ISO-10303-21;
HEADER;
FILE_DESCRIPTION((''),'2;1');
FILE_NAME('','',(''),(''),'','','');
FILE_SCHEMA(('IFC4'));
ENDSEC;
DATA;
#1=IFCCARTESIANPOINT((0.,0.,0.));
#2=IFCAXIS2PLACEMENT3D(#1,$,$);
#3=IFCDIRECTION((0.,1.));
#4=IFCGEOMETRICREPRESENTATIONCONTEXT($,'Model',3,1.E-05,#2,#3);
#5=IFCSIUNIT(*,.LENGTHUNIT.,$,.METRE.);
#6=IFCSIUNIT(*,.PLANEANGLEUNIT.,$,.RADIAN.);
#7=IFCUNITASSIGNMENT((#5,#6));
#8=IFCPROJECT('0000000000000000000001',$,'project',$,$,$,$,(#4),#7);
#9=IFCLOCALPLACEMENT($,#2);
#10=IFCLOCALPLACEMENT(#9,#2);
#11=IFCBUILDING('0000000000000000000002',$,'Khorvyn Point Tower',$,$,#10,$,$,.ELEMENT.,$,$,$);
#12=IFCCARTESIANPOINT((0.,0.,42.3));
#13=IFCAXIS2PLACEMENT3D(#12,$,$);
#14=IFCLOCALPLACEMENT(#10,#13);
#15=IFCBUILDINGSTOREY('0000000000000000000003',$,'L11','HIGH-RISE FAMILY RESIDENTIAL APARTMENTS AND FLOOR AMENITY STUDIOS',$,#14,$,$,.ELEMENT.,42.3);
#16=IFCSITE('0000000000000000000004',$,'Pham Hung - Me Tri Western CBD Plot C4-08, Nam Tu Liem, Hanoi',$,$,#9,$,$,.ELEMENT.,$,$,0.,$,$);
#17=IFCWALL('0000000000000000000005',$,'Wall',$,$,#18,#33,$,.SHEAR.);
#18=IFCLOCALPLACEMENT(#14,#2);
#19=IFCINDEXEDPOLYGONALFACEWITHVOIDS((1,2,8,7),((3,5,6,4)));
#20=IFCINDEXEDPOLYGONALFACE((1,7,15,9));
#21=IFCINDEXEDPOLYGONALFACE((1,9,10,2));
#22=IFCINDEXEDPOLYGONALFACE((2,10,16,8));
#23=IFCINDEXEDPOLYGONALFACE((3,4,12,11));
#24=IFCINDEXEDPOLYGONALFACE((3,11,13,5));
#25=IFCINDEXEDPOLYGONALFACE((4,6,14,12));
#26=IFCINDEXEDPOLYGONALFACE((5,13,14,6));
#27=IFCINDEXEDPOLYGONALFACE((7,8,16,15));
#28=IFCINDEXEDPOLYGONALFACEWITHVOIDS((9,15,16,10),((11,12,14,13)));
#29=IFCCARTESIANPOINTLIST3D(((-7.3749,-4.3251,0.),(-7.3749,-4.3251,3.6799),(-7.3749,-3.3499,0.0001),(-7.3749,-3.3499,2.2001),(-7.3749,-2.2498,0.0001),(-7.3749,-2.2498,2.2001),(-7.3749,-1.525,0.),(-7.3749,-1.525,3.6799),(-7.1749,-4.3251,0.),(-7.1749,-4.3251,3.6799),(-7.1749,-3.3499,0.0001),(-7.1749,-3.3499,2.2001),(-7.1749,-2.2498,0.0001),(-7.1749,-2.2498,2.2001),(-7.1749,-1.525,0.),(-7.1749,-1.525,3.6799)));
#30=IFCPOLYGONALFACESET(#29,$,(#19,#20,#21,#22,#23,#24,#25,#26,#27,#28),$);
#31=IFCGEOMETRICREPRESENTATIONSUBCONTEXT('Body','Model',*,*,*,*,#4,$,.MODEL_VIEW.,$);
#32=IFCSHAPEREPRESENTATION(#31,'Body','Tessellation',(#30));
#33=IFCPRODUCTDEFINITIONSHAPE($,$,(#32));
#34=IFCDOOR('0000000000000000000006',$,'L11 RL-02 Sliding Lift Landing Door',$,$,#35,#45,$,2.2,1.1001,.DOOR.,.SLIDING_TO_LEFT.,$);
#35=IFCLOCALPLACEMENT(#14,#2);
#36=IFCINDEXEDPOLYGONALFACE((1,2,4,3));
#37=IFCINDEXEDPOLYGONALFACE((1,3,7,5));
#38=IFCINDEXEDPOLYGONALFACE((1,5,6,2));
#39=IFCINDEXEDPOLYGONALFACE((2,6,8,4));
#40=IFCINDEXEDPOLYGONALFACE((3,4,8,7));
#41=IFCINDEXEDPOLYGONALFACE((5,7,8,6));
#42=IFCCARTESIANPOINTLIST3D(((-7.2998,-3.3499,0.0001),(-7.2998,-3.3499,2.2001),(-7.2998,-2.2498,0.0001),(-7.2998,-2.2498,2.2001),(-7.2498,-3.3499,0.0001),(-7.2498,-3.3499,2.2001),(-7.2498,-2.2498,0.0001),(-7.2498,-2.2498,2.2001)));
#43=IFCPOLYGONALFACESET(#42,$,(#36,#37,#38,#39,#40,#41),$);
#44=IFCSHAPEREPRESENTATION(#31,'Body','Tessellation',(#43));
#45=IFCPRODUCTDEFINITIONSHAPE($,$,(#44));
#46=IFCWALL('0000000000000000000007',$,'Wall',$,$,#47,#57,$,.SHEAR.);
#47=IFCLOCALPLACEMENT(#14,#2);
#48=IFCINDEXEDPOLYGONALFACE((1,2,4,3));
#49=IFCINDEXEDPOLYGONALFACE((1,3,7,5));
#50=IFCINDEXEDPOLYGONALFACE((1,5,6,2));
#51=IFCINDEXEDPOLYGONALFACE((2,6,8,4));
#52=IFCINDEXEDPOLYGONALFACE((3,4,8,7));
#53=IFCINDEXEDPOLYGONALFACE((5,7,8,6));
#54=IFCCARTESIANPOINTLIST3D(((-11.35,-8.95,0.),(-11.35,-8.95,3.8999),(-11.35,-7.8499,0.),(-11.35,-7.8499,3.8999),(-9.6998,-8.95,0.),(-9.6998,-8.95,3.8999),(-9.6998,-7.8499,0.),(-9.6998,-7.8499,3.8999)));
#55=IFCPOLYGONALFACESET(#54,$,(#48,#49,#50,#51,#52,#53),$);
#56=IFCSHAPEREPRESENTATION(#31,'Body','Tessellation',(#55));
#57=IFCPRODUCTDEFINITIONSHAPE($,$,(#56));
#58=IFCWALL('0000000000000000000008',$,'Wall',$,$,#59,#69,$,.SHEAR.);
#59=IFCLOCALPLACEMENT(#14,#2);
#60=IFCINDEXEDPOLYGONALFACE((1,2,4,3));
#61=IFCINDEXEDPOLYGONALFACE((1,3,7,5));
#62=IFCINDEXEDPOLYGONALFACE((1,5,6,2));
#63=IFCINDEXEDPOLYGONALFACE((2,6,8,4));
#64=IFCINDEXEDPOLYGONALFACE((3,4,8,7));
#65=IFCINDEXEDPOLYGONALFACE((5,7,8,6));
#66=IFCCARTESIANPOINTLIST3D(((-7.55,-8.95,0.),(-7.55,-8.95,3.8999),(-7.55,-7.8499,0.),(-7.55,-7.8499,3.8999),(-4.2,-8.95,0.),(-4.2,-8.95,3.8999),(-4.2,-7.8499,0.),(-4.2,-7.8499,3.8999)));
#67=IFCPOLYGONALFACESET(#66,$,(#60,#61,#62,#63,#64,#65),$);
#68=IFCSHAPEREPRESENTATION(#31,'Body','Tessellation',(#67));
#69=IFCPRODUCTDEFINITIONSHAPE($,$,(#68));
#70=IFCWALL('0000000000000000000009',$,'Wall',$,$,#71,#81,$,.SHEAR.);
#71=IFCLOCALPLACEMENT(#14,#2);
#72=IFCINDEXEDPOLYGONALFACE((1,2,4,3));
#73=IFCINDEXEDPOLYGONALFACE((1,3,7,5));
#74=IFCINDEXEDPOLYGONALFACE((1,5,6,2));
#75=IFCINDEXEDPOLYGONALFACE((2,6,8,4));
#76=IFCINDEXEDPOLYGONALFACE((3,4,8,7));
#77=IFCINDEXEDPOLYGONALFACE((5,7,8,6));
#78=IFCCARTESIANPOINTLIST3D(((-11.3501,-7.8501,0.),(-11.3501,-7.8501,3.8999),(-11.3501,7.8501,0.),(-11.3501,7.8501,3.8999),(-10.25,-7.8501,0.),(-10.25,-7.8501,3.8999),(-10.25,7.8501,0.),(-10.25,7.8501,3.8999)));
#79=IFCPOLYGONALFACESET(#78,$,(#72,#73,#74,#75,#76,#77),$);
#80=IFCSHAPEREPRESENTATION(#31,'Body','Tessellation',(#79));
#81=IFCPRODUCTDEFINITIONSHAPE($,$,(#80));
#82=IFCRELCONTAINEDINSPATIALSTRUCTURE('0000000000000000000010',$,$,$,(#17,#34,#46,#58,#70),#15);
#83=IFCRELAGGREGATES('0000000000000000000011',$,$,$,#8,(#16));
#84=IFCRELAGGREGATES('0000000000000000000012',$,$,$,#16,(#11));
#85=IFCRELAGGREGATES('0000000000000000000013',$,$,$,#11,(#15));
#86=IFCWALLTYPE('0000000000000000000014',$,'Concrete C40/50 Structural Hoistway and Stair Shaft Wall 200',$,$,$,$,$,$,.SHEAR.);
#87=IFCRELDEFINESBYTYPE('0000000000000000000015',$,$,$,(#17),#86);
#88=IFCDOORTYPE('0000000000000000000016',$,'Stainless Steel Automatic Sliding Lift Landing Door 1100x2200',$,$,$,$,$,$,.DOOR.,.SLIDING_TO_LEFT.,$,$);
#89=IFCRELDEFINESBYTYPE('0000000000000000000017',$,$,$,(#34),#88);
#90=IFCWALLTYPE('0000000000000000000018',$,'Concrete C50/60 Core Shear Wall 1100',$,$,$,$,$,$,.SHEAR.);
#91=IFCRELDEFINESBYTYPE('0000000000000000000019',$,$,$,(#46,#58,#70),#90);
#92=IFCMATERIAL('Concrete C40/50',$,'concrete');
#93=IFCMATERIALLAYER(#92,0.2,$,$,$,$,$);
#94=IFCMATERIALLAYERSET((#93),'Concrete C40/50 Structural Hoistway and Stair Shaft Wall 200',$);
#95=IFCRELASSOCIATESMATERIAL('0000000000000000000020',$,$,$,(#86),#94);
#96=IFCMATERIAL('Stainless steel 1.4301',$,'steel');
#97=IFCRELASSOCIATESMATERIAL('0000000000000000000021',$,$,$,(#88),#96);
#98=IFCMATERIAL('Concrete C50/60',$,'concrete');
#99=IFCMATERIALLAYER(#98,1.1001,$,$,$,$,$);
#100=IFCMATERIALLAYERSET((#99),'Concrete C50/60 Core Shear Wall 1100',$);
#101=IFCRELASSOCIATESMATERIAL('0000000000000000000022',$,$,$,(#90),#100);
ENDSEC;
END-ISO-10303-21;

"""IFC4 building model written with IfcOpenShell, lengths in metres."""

from ifc_helpers import new_model, si_unit, direction, frame, frame_2d, origin, place, context, subcontext, project, spatial, rectangle, extrude, material, layer, layer_set, type_object, element, fill, save


model = new_model("IFC4")

# Units and contexts
model_context = context("Model", 3, precision=1e-05, world=origin(), true_north=direction((0.0, 1.0)))
body_context = subcontext(model_context, "Body", "Model", "MODEL_VIEW")
ifc_project = project(units=[si_unit("LENGTHUNIT", "METRE"), si_unit("PLANEANGLEUNIT", "RADIAN")], contexts=[model_context])

# Site, building, storey
site_placement = place(None, origin())
site = spatial("IfcSite", under=ifc_project, at=site_placement, Name="Pham Hung - Me Tri Western CBD Plot C4-08, Nam Tu Liem, Hanoi", CompositionType="ELEMENT", RefElevation=0.0)
building_placement = place(site_placement, origin())
building = spatial("IfcBuilding", under=site, at=building_placement, Name="Khorvyn Point Tower", CompositionType="ELEMENT")
storey_placement = place(building_placement, frame((0.0, 0.0, 42.3)))
storey = spatial("IfcBuildingStorey", under=building, at=storey_placement, Name="L11", Description="HIGH-RISE FAMILY RESIDENTIAL APARTMENTS AND FLOOR AMENITY STUDIOS", CompositionType="ELEMENT", Elevation=42.3)

# Shared definitions
ifc_material_1 = material(Name="Concrete C50/60", Category="concrete")

# Shared definitions
ifc_material_2 = material(Name="Concrete C40/50", Category="concrete")
ifc_layer_1 = layer(ifc_material_2, 0.2)
ifc_layer_set_1 = layer_set([ifc_layer_1], Name="Concrete C40/50 Structural Hoistway and Stair Shaft Wall 200")
wall_type_1 = type_object("IfcWallType", Name="Concrete C40/50 Structural Hoistway and Stair Shaft Wall 200", PredefinedType="SHEAR", material=ifc_layer_set_1)
ifc_material_3 = material(Name="Stainless steel 1.4301", Category="steel")
door_type_1 = type_object("IfcDoorType", Name="Stainless Steel Automatic Sliding Lift Landing Door 1100x2200", OperationType="SLIDING_TO_LEFT", PredefinedType="DOOR", material=ifc_material_3)

# Wall, opening, door
wall_1_placement = place(storey_placement, frame((-7.2749, -4.325, 0.0), z_axis=(0.0, 0.0, 1.0), x_axis=(0.0, 1.0, 0.0)))
wall_1 = element("IfcWall", 1, at=wall_1_placement, inside=storey, type_object=wall_type_1, Name="Wall", PredefinedType="SHEAR", context=body_context, shape_type="SweptSolid", body=[
    extrude(rectangle(XDim=2.8, YDim=0.2, at=frame_2d((1.3999, 0.0))), origin(), (0.0, 0.0, 1.0), 3.6799),
])
opening_1_placement = place(wall_1_placement, frame((0.9751, 0.0, 0.0)))
opening_1 = element("IfcOpeningElement", 2, at=opening_1_placement, cuts=wall_1, PredefinedType="OPENING", context=body_context, shape_type="SweptSolid", body=[
    extrude(rectangle(XDim=1.1001, YDim=2.2, at=frame_2d((0.55, 1.1001))), frame((0.0, 0.1099, 0.0), z_axis=(0.0, -1.0, 0.0), x_axis=(1.0, 0.0, 0.0)), (0.0, 0.0, 1.0), 0.22),
])
door_1_placement = place(opening_1_placement, origin())
door_1 = element("IfcDoor", 3, at=door_1_placement, inside=storey, type_object=door_type_1, Name="L11 RL-02 Sliding Lift Landing Door", OperationType="SLIDING_TO_LEFT", OverallHeight=2.2, OverallWidth=1.1001, PredefinedType="DOOR", context=body_context, shape_type="SweptSolid", body=[
    extrude(rectangle(XDim=1.1001, YDim=2.2, at=frame_2d((0.55, 1.1001))), frame((0.0, 0.0249, 0.0), z_axis=(0.0, -1.0, 0.0), x_axis=(1.0, 0.0, 0.0)), (0.0, 0.0, 1.0), 0.05),
])
fill(opening_1, door_1)

# Walls
ifc_layer_2 = layer(ifc_material_1, 1.1001)
ifc_layer_set_2 = layer_set([ifc_layer_2], Name="Concrete C50/60 Core Shear Wall 1100")
wall_type_2 = type_object("IfcWallType", Name="Concrete C50/60 Core Shear Wall 1100", PredefinedType="SHEAR", material=ifc_layer_set_2)
wall_2_placement = place(storey_placement, frame((-11.3501, -8.3999, 0.0), z_axis=(0.0, 0.0, 1.0), x_axis=(1.0, 0.0, 0.0)))
element("IfcWall", 4, at=wall_2_placement, inside=storey, type_object=wall_type_2, Name="Wall", PredefinedType="SHEAR", context=body_context, shape_type="SweptSolid", body=[
    extrude(rectangle(XDim=1.6501, YDim=1.1001, at=frame_2d((0.8252, 0.0))), origin(), (0.0, 0.0, 1.0), 3.8999),
])
wall_3_placement = place(storey_placement, frame((-7.55, -8.3999, 0.0), z_axis=(0.0, 0.0, 1.0), x_axis=(1.0, 0.0, 0.0)))
element("IfcWall", 5, at=wall_3_placement, inside=storey, type_object=wall_type_2, Name="Wall", PredefinedType="SHEAR", context=body_context, shape_type="SweptSolid", body=[
    extrude(rectangle(XDim=3.3501, YDim=1.1001, at=frame_2d((1.675, 0.0))), origin(), (0.0, 0.0, 1.0), 3.8999),
])
wall_4_placement = place(storey_placement, frame((-10.8, -7.8501, 0.0), z_axis=(0.0, 0.0, 1.0), x_axis=(0.0, 1.0, 0.0)))
element("IfcWall", 6, at=wall_4_placement, inside=storey, type_object=wall_type_2, Name="Wall", PredefinedType="SHEAR", context=body_context, shape_type="SweptSolid", body=[
    extrude(rectangle(XDim=15.7002, YDim=1.1001, at=frame_2d((7.8501, 0.0))), origin(), (0.0, 0.0, 1.0), 3.8999),
])

save(model, "model.ifc")
